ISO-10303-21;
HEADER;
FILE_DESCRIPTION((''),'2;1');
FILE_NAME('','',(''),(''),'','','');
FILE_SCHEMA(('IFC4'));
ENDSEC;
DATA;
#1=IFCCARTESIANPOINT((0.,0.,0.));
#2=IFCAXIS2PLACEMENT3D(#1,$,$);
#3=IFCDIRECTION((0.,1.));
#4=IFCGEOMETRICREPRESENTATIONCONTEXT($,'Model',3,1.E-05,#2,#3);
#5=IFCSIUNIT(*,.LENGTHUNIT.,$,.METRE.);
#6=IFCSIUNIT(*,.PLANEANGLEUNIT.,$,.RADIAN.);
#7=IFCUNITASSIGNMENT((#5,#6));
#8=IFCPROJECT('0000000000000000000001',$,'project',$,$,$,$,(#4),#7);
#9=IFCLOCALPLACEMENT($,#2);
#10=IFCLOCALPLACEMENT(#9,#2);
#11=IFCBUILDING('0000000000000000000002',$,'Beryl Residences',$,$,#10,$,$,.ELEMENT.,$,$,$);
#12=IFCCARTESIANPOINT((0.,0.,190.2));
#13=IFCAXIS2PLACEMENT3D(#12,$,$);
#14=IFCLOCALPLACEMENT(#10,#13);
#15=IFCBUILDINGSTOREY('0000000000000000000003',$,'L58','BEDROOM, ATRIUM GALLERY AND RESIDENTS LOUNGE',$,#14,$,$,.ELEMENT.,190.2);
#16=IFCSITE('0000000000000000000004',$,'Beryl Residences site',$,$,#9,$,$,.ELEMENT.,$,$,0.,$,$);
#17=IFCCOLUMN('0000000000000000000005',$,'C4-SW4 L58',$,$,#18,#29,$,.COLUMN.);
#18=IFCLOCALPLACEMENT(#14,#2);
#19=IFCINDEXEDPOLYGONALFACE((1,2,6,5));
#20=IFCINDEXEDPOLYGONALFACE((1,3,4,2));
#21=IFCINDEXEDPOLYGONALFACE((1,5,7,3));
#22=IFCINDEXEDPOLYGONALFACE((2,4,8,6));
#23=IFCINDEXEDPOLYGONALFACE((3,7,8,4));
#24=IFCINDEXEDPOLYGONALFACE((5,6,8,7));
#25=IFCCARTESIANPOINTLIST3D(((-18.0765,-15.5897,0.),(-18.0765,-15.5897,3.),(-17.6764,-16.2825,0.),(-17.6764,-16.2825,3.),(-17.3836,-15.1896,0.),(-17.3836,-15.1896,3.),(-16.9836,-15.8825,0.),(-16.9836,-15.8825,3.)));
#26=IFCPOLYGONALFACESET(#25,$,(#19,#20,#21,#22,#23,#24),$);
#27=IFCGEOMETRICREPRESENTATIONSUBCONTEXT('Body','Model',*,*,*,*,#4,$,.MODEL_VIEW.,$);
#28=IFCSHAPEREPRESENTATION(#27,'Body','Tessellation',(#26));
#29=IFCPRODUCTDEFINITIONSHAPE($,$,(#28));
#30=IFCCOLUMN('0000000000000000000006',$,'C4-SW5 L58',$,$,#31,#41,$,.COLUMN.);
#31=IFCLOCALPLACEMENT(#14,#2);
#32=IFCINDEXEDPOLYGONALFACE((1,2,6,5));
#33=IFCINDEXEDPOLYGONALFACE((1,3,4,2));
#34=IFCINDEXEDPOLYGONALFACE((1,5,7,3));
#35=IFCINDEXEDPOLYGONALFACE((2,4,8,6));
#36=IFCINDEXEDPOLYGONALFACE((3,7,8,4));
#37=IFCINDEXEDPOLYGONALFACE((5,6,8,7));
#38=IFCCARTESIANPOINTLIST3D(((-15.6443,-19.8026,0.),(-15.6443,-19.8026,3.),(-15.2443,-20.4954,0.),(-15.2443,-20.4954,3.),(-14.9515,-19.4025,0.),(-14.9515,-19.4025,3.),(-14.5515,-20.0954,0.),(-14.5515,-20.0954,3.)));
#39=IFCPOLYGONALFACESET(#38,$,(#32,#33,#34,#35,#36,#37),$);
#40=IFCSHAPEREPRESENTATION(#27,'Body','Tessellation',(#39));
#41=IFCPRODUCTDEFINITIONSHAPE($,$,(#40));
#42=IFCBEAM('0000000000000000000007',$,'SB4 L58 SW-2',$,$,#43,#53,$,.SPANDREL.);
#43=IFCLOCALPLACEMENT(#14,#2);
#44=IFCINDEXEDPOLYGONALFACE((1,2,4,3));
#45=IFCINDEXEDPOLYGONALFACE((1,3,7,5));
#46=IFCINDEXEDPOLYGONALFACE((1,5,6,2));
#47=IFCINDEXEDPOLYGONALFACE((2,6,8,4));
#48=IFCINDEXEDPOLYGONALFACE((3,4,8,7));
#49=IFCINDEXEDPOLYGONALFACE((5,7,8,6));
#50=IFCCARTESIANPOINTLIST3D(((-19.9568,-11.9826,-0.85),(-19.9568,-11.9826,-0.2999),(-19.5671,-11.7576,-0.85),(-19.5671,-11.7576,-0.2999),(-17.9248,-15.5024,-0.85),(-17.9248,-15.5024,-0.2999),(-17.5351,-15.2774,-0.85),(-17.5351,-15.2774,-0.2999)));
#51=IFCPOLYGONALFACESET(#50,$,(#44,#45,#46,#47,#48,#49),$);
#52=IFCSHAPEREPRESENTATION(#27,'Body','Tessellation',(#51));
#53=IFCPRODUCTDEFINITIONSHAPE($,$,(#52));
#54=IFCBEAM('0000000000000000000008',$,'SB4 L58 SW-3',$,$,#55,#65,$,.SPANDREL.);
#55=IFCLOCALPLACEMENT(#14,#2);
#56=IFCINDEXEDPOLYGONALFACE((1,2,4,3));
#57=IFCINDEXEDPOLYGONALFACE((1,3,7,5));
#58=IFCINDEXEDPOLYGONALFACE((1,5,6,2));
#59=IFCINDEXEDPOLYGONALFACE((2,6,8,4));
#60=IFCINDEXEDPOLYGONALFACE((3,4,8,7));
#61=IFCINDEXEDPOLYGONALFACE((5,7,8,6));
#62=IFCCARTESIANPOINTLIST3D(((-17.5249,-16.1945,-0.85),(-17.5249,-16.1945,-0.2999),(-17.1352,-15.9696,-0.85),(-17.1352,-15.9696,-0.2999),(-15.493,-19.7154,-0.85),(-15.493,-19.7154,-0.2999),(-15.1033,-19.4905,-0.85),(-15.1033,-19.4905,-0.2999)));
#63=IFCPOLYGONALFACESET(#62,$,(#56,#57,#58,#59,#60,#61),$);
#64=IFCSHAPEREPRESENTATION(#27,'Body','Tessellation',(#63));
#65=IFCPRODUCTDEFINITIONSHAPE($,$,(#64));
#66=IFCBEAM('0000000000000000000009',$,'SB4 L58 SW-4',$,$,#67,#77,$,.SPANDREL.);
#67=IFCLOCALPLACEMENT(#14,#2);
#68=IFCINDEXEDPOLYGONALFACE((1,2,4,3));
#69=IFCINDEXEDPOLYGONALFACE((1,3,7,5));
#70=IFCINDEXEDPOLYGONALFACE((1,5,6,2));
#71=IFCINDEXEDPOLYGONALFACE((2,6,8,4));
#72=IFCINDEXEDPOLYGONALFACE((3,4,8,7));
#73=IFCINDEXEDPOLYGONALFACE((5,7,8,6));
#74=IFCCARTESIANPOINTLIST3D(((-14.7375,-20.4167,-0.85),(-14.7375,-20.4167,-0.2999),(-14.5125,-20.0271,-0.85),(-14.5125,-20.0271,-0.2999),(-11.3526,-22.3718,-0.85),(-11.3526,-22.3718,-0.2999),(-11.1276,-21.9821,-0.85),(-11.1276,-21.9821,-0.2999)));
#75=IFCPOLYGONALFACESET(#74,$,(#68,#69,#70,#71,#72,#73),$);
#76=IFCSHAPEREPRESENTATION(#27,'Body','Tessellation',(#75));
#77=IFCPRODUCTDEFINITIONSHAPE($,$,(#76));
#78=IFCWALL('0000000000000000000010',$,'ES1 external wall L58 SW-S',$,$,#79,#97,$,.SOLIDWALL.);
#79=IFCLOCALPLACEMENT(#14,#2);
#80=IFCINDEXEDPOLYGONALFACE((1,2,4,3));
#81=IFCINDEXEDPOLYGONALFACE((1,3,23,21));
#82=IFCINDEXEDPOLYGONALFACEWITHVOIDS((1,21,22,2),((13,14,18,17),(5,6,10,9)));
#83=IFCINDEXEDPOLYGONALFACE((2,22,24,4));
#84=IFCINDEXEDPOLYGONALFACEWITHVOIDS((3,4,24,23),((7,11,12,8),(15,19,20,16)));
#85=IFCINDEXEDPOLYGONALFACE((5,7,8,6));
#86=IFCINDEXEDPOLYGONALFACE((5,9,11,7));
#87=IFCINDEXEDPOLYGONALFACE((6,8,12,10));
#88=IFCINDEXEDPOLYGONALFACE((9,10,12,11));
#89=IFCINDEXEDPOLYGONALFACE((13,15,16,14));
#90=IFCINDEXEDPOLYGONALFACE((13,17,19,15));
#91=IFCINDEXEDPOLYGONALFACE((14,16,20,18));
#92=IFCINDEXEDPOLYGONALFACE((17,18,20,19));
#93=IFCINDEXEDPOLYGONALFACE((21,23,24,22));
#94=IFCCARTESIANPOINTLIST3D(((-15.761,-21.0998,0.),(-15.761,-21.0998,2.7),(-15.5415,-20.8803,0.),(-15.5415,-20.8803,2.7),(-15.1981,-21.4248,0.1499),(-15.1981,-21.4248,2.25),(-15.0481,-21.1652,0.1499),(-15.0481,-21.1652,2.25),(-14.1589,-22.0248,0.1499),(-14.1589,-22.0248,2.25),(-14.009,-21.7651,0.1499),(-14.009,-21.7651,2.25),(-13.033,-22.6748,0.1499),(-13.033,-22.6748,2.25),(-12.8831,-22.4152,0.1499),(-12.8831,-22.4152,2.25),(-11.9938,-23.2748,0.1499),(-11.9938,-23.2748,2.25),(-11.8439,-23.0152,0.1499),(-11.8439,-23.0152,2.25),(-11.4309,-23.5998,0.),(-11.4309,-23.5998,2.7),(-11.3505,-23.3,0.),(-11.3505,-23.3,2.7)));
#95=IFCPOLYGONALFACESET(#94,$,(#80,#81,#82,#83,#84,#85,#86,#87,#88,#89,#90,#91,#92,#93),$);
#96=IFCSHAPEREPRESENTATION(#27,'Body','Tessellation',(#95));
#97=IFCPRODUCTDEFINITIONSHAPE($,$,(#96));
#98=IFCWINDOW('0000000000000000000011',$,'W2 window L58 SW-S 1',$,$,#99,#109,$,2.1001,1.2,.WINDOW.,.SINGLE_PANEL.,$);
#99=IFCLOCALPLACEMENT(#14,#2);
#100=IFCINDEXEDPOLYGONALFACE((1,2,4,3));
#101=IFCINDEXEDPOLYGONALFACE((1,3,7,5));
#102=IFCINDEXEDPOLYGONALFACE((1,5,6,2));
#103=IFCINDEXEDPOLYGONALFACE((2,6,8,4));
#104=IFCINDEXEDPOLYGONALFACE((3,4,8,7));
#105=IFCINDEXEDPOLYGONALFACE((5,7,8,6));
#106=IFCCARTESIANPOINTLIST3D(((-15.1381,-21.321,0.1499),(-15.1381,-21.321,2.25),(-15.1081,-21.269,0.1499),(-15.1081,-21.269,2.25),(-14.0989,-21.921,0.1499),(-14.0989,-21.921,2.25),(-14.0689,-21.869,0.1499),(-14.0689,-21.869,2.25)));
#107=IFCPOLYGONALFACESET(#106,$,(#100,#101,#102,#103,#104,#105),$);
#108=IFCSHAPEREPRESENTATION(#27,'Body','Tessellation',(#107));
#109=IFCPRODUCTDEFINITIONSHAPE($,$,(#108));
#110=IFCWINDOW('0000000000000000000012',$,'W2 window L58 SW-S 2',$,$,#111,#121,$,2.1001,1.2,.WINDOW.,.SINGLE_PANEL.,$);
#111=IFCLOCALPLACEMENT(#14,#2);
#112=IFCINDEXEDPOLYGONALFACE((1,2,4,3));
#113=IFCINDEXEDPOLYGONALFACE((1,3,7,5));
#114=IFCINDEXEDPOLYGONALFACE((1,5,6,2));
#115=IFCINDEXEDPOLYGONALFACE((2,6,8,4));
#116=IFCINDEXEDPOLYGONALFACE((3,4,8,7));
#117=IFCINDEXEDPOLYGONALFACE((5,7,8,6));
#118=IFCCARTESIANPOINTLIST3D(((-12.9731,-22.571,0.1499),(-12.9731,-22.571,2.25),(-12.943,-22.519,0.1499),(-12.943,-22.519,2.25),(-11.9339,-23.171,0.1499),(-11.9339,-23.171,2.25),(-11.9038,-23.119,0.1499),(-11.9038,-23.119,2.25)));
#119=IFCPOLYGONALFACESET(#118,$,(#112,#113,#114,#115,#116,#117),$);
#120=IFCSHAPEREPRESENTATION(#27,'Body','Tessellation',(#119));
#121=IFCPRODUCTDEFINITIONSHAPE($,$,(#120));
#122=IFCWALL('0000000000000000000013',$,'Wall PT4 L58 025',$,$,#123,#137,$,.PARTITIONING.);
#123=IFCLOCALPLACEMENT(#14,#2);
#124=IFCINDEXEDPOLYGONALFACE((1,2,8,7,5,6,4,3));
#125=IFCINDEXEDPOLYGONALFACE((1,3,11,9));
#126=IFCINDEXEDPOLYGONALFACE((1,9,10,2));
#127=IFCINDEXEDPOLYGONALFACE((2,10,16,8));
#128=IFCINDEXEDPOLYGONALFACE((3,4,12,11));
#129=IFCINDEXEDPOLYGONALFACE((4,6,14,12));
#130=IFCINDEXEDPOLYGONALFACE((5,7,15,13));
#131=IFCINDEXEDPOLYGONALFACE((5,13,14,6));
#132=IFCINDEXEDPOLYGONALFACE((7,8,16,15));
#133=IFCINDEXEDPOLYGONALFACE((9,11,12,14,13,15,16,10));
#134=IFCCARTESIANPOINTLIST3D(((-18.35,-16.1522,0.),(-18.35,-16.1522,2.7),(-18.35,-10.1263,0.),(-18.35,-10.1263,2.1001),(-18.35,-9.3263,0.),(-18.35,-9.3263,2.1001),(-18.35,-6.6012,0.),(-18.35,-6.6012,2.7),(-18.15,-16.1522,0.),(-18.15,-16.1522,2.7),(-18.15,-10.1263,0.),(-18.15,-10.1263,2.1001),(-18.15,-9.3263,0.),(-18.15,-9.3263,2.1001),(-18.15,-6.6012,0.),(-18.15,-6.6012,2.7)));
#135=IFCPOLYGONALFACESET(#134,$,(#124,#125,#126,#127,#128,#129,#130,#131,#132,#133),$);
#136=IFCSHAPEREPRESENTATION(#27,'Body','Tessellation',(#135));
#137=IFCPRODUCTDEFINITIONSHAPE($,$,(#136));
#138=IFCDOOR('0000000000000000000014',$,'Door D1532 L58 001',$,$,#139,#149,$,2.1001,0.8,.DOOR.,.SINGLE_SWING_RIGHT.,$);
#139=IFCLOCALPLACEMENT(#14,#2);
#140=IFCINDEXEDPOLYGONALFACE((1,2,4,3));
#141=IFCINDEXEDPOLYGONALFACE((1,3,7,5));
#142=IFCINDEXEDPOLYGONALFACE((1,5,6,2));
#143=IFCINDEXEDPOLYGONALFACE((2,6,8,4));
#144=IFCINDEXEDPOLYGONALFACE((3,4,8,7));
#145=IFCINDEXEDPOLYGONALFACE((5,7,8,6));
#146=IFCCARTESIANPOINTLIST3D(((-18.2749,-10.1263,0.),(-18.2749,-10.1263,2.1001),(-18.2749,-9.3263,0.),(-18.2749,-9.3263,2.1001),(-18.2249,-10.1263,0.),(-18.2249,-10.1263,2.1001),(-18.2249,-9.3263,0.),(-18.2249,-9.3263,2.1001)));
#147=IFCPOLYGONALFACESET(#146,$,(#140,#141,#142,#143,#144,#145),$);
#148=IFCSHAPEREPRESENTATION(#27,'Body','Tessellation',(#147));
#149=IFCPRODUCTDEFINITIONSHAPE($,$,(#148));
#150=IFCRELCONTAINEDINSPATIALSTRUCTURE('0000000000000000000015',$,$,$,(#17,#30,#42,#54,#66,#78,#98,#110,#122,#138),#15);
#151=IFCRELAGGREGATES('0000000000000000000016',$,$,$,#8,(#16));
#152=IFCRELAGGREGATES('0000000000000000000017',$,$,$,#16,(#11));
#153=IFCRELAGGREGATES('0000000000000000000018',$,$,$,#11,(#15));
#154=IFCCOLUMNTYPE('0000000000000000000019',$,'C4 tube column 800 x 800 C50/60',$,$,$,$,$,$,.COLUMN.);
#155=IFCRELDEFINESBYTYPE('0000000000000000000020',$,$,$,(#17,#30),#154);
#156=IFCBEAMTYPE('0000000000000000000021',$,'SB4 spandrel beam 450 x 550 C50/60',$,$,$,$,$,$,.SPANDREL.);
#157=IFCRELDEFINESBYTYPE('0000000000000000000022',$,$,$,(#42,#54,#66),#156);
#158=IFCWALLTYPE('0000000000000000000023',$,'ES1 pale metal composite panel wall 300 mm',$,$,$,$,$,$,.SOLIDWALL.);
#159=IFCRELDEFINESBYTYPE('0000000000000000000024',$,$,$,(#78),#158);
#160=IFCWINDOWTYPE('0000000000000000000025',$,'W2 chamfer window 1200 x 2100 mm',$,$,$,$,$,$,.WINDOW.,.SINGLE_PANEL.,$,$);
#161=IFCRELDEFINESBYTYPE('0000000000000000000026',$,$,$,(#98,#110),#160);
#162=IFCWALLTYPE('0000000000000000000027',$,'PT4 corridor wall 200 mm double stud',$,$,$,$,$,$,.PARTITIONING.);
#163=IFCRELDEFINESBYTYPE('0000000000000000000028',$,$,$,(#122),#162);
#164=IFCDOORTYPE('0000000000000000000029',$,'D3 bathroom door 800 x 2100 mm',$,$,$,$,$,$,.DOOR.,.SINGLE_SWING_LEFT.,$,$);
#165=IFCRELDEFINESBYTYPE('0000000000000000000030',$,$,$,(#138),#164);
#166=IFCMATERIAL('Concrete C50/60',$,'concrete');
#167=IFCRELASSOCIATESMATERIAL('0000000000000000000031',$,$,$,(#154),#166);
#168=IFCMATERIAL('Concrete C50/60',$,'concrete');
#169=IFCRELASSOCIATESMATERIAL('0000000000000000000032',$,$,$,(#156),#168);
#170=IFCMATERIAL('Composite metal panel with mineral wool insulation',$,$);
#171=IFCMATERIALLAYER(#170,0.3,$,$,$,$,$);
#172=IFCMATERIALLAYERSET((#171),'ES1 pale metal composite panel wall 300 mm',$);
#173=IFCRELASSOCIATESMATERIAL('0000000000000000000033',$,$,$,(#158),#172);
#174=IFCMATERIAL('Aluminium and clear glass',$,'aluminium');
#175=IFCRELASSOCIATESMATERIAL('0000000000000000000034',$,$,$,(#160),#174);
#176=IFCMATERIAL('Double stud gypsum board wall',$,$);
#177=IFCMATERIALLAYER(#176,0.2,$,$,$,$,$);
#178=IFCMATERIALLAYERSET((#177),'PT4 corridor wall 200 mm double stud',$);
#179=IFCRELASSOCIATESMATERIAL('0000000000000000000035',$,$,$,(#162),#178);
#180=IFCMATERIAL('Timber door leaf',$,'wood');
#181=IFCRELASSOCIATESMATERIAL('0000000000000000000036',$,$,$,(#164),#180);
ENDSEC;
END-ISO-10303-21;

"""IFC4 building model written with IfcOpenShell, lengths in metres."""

from ifc_helpers import new_model, si_unit, direction, frame, frame_2d, origin, origin_2d, place, context, subcontext, project, spatial, polyline, rectangle, outline, extrude, material, layer, layer_set, material_profile, profile_set, type_object, element, fill, save


model = new_model("IFC4")

# Units and contexts
model_context = context("Model", 3, precision=1e-05, world=origin(), true_north=direction((0.0, 1.0)))
body_context = subcontext(model_context, "Body", "Model", "MODEL_VIEW")
ifc_project = project(units=[si_unit("LENGTHUNIT", "METRE"), si_unit("PLANEANGLEUNIT", "RADIAN")], contexts=[model_context])

# Site, building, storey
site_placement = place(None, origin())
site = spatial("IfcSite", under=ifc_project, at=site_placement, Name="Beryl Residences site", CompositionType="ELEMENT", RefElevation=0.0)
building_placement = place(site_placement, origin())
building = spatial("IfcBuilding", under=site, at=building_placement, Name="Beryl Residences", CompositionType="ELEMENT")
storey_placement = place(building_placement, frame((0.0, 0.0, 190.2)))
storey = spatial("IfcBuildingStorey", under=building, at=storey_placement, Name="L58", Description="BEDROOM, ATRIUM GALLERY AND RESIDENTS LOUNGE", CompositionType="ELEMENT", Elevation=190.2)

# Columns
ifc_material_1 = material(Name="Concrete C50/60", Category="concrete")
ifc_material_profile_1 = material_profile(ifc_material_1, rectangle(XDim=0.8, YDim=0.8, at=origin_2d()))
ifc_profile_set_1 = profile_set([ifc_material_profile_1], Name="Concrete C50/60")
column_type = type_object("IfcColumnType", Name="C4 tube column 800 x 800 C50/60", PredefinedType="COLUMN", material=ifc_profile_set_1)
for number, where, z_axis, x_axis, name in (
    (1, (-17.53, -15.7361, 0.0), (0.0, 0.0, 1.0), (0.5, -0.866025, 0.0), "C4-SW4 L58"),
    (2, (-15.0979, -19.949, 0.0), (0.0, 0.0, 1.0), (0.5, -0.866025, 0.0), "C4-SW5 L58"),
):
    element("IfcColumn", number, at=place(storey_placement, frame(where, z_axis=z_axis, x_axis=x_axis)), inside=storey, type_object=column_type, Name=name, PredefinedType="COLUMN", context=body_context, shape_type="SweptSolid", body=[
        extrude(rectangle(XDim=0.8, YDim=0.8, at=origin_2d()), origin(), (0.0, 0.0, 1.0), 3.0),
    ])

# Beams
ifc_material_2 = material(Name="Concrete C50/60", Category="concrete")
ifc_material_profile_2 = material_profile(ifc_material_2, rectangle(XDim=0.45, YDim=0.55, at=origin_2d()))
ifc_profile_set_2 = profile_set([ifc_material_profile_2], Name="Concrete C50/60")
beam_type = type_object("IfcBeamType", Name="SB4 spandrel beam 450 x 550 C50/60", PredefinedType="SPANDREL", material=ifc_profile_set_2)
beam_1_placement = place(storey_placement, frame((-19.762, -11.8701, -0.575), z_axis=(0.49997, -0.866043, 0.0), x_axis=(0.866043, 0.49997, 0.0)))
element("IfcBeam", 3, at=beam_1_placement, inside=storey, type_object=beam_type, Name="SB4 L58 SW-2", PredefinedType="SPANDREL", context=body_context, shape_type="SweptSolid", body=[
    extrude(rectangle(XDim=0.45, YDim=0.55, at=origin_2d()), origin(), (0.0, 0.0, 1.0), 4.0642),
])
beam_2_placement = place(storey_placement, frame((-17.3301, -16.082, -0.575), z_axis=(0.49984, -0.866118, 0.0), x_axis=(0.866118, 0.49984, 0.0)))
element("IfcBeam", 4, at=beam_2_placement, inside=storey, type_object=beam_type, Name="SB4 L58 SW-3", PredefinedType="SPANDREL", context=body_context, shape_type="SweptSolid", body=[
    extrude(rectangle(XDim=0.45, YDim=0.55, at=origin_2d()), origin(), (0.0, 0.0, 1.0), 4.0652),
])
beam_3_placement = place(storey_placement, frame((-14.625, -20.2219, -0.575), z_axis=(0.865943, -0.500142, 0.0), x_axis=(0.500142, 0.865943, 0.0)))
element("IfcBeam", 5, at=beam_3_placement, inside=storey, type_object=beam_type, Name="SB4 L58 SW-4", PredefinedType="SPANDREL", context=body_context, shape_type="SweptSolid", body=[
    extrude(rectangle(XDim=0.45, YDim=0.55, at=origin_2d()), origin(), (0.0, 0.0, 1.0), 3.9089),
])

# Wall, openings, windows
ifc_material_3 = material(Name="Composite metal panel with mineral wool insulation")
ifc_layer_1 = layer(ifc_material_3, 0.3)
ifc_layer_set_1 = layer_set([ifc_layer_1], Name="ES1 pale metal composite panel wall 300 mm")
wall_type_1 = type_object("IfcWallType", Name="ES1 pale metal composite panel wall 300 mm", PredefinedType="SOLIDWALL", material=ifc_layer_set_1)
wall_1_placement = place(storey_placement, frame((-15.686, -20.97, 0.0), z_axis=(0.0, 0.0, 1.0), x_axis=(0.866023, -0.500004, 0.0)))
wall_1 = element("IfcWall", 6, at=wall_1_placement, inside=storey, type_object=wall_type_1, Name="ES1 external wall L58 SW-S", PredefinedType="SOLIDWALL", context=body_context, shape_type="SweptSolid", body=[
    extrude(outline(polyline([(0.0, -0.1499), (5.0, -0.1499), (4.9197, 0.1499), (0.0803, 0.1499), (0.0, -0.1499)])), origin(), (0.0, 0.0, 1.0), 2.7),
])
opening_1_placement = place(wall_1_placement, frame((0.6499, 0.0, 0.1499)))
opening_1 = element("IfcOpeningElement", 7, at=opening_1_placement, cuts=wall_1, PredefinedType="OPENING", context=body_context, shape_type="SweptSolid", body=[
    extrude(rectangle(XDim=1.2, YDim=2.1001, at=frame_2d((0.6001, 1.05))), frame((0.0, 0.1599, 0.0), z_axis=(0.0, -1.0, 0.0), x_axis=(1.0, 0.0, 0.0)), (0.0, 0.0, 1.0), 0.3201),
])
opening_2_placement = place(wall_1_placement, frame((3.1499, 0.0, 0.1499)))
opening_2 = element("IfcOpeningElement", 8, at=opening_2_placement, cuts=wall_1, PredefinedType="OPENING", context=body_context, shape_type="SweptSolid", body=[
    extrude(rectangle(XDim=1.2, YDim=2.1001, at=frame_2d((0.6001, 1.05))), frame((0.0, 0.1599, 0.0), z_axis=(0.0, -1.0, 0.0), x_axis=(1.0, 0.0, 0.0)), (0.0, 0.0, 1.0), 0.3201),
])
ifc_material_4 = material(Name="Aluminium and clear glass", Category="aluminium")
window_type = type_object("IfcWindowType", Name="W2 chamfer window 1200 x 2100 mm", PartitioningType="SINGLE_PANEL", PredefinedType="WINDOW", material=ifc_material_4)
window_1_placement = place(opening_1_placement, origin())
window_1 = element("IfcWindow", 9, at=window_1_placement, inside=storey, type_object=window_type, Name="W2 window L58 SW-S 1", OverallHeight=2.1001, OverallWidth=1.2, PartitioningType="SINGLE_PANEL", PredefinedType="WINDOW", context=body_context, shape_type="SweptSolid", body=[
    extrude(rectangle(XDim=1.2, YDim=2.1001, at=frame_2d((0.6001, 1.05))), frame((0.0, 0.03, 0.0), z_axis=(0.0, -1.0, 0.0), x_axis=(1.0, 0.0, 0.0)), (0.0, 0.0, 1.0), 0.0601),
])
fill(opening_1, window_1)
window_2_placement = place(opening_2_placement, origin())
window_2 = element("IfcWindow", 10, at=window_2_placement, inside=storey, type_object=window_type, Name="W2 window L58 SW-S 2", OverallHeight=2.1001, OverallWidth=1.2, PartitioningType="SINGLE_PANEL", PredefinedType="WINDOW", context=body_context, shape_type="SweptSolid", body=[
    extrude(rectangle(XDim=1.2, YDim=2.1001, at=frame_2d((0.6001, 1.05))), frame((0.0, 0.03, 0.0), z_axis=(0.0, -1.0, 0.0), x_axis=(1.0, 0.0, 0.0)), (0.0, 0.0, 1.0), 0.0601),
])
fill(opening_2, window_2)

# Wall, opening, door
ifc_material_5 = material(Name="Double stud gypsum board wall")
ifc_layer_2 = layer(ifc_material_5, 0.2)
ifc_layer_set_2 = layer_set([ifc_layer_2], Name="PT4 corridor wall 200 mm double stud")
wall_type_2 = type_object("IfcWallType", Name="PT4 corridor wall 200 mm double stud", PredefinedType="PARTITIONING", material=ifc_layer_set_2)
wall_2_placement = place(storey_placement, frame((-18.25, -16.1521, 0.0), z_axis=(0.0, 0.0, 1.0), x_axis=(0.0, 1.0, 0.0)))
wall_2 = element("IfcWall", 11, at=wall_2_placement, inside=storey, type_object=wall_type_2, Name="Wall PT4 L58 025", PredefinedType="PARTITIONING", context=body_context, shape_type="SweptSolid", body=[
    extrude(rectangle(XDim=9.551, YDim=0.2, at=frame_2d((4.7754, 0.0))), origin(), (0.0, 0.0, 1.0), 2.7),
])
opening_3_placement = place(wall_2_placement, frame((6.0259, 0.0, 0.0)))
opening_3 = element("IfcOpeningElement", 12, at=opening_3_placement, cuts=wall_2, PredefinedType="OPENING", context=body_context, shape_type="SweptSolid", body=[
    extrude(rectangle(XDim=0.8, YDim=2.1001, at=frame_2d((0.3999, 1.05))), frame((0.0, 0.1099, 0.0), z_axis=(0.0, -1.0, 0.0), x_axis=(1.0, 0.0, 0.0)), (0.0, 0.0, 1.0), 0.22),
])
ifc_material_6 = material(Name="Timber door leaf", Category="wood")
door_type_1 = type_object("IfcDoorType", Name="D3 bathroom door 800 x 2100 mm", OperationType="SINGLE_SWING_LEFT", PredefinedType="DOOR", material=ifc_material_6)
door_1_placement = place(opening_3_placement, origin())
door_1 = element("IfcDoor", 13, at=door_1_placement, inside=storey, type_object=door_type_1, Name="Door D1532 L58 001", OperationType="SINGLE_SWING_RIGHT", OverallHeight=2.1001, OverallWidth=0.8, PredefinedType="DOOR", context=body_context, shape_type="SweptSolid", body=[
    extrude(rectangle(XDim=0.8, YDim=2.1001, at=frame_2d((0.3999, 1.05))), frame((0.0, 0.0249, 0.0), z_axis=(0.0, -1.0, 0.0), x_axis=(1.0, 0.0, 0.0)), (0.0, 0.0, 1.0), 0.05),
])
fill(opening_3, door_1)

save(model, "model.ifc")
